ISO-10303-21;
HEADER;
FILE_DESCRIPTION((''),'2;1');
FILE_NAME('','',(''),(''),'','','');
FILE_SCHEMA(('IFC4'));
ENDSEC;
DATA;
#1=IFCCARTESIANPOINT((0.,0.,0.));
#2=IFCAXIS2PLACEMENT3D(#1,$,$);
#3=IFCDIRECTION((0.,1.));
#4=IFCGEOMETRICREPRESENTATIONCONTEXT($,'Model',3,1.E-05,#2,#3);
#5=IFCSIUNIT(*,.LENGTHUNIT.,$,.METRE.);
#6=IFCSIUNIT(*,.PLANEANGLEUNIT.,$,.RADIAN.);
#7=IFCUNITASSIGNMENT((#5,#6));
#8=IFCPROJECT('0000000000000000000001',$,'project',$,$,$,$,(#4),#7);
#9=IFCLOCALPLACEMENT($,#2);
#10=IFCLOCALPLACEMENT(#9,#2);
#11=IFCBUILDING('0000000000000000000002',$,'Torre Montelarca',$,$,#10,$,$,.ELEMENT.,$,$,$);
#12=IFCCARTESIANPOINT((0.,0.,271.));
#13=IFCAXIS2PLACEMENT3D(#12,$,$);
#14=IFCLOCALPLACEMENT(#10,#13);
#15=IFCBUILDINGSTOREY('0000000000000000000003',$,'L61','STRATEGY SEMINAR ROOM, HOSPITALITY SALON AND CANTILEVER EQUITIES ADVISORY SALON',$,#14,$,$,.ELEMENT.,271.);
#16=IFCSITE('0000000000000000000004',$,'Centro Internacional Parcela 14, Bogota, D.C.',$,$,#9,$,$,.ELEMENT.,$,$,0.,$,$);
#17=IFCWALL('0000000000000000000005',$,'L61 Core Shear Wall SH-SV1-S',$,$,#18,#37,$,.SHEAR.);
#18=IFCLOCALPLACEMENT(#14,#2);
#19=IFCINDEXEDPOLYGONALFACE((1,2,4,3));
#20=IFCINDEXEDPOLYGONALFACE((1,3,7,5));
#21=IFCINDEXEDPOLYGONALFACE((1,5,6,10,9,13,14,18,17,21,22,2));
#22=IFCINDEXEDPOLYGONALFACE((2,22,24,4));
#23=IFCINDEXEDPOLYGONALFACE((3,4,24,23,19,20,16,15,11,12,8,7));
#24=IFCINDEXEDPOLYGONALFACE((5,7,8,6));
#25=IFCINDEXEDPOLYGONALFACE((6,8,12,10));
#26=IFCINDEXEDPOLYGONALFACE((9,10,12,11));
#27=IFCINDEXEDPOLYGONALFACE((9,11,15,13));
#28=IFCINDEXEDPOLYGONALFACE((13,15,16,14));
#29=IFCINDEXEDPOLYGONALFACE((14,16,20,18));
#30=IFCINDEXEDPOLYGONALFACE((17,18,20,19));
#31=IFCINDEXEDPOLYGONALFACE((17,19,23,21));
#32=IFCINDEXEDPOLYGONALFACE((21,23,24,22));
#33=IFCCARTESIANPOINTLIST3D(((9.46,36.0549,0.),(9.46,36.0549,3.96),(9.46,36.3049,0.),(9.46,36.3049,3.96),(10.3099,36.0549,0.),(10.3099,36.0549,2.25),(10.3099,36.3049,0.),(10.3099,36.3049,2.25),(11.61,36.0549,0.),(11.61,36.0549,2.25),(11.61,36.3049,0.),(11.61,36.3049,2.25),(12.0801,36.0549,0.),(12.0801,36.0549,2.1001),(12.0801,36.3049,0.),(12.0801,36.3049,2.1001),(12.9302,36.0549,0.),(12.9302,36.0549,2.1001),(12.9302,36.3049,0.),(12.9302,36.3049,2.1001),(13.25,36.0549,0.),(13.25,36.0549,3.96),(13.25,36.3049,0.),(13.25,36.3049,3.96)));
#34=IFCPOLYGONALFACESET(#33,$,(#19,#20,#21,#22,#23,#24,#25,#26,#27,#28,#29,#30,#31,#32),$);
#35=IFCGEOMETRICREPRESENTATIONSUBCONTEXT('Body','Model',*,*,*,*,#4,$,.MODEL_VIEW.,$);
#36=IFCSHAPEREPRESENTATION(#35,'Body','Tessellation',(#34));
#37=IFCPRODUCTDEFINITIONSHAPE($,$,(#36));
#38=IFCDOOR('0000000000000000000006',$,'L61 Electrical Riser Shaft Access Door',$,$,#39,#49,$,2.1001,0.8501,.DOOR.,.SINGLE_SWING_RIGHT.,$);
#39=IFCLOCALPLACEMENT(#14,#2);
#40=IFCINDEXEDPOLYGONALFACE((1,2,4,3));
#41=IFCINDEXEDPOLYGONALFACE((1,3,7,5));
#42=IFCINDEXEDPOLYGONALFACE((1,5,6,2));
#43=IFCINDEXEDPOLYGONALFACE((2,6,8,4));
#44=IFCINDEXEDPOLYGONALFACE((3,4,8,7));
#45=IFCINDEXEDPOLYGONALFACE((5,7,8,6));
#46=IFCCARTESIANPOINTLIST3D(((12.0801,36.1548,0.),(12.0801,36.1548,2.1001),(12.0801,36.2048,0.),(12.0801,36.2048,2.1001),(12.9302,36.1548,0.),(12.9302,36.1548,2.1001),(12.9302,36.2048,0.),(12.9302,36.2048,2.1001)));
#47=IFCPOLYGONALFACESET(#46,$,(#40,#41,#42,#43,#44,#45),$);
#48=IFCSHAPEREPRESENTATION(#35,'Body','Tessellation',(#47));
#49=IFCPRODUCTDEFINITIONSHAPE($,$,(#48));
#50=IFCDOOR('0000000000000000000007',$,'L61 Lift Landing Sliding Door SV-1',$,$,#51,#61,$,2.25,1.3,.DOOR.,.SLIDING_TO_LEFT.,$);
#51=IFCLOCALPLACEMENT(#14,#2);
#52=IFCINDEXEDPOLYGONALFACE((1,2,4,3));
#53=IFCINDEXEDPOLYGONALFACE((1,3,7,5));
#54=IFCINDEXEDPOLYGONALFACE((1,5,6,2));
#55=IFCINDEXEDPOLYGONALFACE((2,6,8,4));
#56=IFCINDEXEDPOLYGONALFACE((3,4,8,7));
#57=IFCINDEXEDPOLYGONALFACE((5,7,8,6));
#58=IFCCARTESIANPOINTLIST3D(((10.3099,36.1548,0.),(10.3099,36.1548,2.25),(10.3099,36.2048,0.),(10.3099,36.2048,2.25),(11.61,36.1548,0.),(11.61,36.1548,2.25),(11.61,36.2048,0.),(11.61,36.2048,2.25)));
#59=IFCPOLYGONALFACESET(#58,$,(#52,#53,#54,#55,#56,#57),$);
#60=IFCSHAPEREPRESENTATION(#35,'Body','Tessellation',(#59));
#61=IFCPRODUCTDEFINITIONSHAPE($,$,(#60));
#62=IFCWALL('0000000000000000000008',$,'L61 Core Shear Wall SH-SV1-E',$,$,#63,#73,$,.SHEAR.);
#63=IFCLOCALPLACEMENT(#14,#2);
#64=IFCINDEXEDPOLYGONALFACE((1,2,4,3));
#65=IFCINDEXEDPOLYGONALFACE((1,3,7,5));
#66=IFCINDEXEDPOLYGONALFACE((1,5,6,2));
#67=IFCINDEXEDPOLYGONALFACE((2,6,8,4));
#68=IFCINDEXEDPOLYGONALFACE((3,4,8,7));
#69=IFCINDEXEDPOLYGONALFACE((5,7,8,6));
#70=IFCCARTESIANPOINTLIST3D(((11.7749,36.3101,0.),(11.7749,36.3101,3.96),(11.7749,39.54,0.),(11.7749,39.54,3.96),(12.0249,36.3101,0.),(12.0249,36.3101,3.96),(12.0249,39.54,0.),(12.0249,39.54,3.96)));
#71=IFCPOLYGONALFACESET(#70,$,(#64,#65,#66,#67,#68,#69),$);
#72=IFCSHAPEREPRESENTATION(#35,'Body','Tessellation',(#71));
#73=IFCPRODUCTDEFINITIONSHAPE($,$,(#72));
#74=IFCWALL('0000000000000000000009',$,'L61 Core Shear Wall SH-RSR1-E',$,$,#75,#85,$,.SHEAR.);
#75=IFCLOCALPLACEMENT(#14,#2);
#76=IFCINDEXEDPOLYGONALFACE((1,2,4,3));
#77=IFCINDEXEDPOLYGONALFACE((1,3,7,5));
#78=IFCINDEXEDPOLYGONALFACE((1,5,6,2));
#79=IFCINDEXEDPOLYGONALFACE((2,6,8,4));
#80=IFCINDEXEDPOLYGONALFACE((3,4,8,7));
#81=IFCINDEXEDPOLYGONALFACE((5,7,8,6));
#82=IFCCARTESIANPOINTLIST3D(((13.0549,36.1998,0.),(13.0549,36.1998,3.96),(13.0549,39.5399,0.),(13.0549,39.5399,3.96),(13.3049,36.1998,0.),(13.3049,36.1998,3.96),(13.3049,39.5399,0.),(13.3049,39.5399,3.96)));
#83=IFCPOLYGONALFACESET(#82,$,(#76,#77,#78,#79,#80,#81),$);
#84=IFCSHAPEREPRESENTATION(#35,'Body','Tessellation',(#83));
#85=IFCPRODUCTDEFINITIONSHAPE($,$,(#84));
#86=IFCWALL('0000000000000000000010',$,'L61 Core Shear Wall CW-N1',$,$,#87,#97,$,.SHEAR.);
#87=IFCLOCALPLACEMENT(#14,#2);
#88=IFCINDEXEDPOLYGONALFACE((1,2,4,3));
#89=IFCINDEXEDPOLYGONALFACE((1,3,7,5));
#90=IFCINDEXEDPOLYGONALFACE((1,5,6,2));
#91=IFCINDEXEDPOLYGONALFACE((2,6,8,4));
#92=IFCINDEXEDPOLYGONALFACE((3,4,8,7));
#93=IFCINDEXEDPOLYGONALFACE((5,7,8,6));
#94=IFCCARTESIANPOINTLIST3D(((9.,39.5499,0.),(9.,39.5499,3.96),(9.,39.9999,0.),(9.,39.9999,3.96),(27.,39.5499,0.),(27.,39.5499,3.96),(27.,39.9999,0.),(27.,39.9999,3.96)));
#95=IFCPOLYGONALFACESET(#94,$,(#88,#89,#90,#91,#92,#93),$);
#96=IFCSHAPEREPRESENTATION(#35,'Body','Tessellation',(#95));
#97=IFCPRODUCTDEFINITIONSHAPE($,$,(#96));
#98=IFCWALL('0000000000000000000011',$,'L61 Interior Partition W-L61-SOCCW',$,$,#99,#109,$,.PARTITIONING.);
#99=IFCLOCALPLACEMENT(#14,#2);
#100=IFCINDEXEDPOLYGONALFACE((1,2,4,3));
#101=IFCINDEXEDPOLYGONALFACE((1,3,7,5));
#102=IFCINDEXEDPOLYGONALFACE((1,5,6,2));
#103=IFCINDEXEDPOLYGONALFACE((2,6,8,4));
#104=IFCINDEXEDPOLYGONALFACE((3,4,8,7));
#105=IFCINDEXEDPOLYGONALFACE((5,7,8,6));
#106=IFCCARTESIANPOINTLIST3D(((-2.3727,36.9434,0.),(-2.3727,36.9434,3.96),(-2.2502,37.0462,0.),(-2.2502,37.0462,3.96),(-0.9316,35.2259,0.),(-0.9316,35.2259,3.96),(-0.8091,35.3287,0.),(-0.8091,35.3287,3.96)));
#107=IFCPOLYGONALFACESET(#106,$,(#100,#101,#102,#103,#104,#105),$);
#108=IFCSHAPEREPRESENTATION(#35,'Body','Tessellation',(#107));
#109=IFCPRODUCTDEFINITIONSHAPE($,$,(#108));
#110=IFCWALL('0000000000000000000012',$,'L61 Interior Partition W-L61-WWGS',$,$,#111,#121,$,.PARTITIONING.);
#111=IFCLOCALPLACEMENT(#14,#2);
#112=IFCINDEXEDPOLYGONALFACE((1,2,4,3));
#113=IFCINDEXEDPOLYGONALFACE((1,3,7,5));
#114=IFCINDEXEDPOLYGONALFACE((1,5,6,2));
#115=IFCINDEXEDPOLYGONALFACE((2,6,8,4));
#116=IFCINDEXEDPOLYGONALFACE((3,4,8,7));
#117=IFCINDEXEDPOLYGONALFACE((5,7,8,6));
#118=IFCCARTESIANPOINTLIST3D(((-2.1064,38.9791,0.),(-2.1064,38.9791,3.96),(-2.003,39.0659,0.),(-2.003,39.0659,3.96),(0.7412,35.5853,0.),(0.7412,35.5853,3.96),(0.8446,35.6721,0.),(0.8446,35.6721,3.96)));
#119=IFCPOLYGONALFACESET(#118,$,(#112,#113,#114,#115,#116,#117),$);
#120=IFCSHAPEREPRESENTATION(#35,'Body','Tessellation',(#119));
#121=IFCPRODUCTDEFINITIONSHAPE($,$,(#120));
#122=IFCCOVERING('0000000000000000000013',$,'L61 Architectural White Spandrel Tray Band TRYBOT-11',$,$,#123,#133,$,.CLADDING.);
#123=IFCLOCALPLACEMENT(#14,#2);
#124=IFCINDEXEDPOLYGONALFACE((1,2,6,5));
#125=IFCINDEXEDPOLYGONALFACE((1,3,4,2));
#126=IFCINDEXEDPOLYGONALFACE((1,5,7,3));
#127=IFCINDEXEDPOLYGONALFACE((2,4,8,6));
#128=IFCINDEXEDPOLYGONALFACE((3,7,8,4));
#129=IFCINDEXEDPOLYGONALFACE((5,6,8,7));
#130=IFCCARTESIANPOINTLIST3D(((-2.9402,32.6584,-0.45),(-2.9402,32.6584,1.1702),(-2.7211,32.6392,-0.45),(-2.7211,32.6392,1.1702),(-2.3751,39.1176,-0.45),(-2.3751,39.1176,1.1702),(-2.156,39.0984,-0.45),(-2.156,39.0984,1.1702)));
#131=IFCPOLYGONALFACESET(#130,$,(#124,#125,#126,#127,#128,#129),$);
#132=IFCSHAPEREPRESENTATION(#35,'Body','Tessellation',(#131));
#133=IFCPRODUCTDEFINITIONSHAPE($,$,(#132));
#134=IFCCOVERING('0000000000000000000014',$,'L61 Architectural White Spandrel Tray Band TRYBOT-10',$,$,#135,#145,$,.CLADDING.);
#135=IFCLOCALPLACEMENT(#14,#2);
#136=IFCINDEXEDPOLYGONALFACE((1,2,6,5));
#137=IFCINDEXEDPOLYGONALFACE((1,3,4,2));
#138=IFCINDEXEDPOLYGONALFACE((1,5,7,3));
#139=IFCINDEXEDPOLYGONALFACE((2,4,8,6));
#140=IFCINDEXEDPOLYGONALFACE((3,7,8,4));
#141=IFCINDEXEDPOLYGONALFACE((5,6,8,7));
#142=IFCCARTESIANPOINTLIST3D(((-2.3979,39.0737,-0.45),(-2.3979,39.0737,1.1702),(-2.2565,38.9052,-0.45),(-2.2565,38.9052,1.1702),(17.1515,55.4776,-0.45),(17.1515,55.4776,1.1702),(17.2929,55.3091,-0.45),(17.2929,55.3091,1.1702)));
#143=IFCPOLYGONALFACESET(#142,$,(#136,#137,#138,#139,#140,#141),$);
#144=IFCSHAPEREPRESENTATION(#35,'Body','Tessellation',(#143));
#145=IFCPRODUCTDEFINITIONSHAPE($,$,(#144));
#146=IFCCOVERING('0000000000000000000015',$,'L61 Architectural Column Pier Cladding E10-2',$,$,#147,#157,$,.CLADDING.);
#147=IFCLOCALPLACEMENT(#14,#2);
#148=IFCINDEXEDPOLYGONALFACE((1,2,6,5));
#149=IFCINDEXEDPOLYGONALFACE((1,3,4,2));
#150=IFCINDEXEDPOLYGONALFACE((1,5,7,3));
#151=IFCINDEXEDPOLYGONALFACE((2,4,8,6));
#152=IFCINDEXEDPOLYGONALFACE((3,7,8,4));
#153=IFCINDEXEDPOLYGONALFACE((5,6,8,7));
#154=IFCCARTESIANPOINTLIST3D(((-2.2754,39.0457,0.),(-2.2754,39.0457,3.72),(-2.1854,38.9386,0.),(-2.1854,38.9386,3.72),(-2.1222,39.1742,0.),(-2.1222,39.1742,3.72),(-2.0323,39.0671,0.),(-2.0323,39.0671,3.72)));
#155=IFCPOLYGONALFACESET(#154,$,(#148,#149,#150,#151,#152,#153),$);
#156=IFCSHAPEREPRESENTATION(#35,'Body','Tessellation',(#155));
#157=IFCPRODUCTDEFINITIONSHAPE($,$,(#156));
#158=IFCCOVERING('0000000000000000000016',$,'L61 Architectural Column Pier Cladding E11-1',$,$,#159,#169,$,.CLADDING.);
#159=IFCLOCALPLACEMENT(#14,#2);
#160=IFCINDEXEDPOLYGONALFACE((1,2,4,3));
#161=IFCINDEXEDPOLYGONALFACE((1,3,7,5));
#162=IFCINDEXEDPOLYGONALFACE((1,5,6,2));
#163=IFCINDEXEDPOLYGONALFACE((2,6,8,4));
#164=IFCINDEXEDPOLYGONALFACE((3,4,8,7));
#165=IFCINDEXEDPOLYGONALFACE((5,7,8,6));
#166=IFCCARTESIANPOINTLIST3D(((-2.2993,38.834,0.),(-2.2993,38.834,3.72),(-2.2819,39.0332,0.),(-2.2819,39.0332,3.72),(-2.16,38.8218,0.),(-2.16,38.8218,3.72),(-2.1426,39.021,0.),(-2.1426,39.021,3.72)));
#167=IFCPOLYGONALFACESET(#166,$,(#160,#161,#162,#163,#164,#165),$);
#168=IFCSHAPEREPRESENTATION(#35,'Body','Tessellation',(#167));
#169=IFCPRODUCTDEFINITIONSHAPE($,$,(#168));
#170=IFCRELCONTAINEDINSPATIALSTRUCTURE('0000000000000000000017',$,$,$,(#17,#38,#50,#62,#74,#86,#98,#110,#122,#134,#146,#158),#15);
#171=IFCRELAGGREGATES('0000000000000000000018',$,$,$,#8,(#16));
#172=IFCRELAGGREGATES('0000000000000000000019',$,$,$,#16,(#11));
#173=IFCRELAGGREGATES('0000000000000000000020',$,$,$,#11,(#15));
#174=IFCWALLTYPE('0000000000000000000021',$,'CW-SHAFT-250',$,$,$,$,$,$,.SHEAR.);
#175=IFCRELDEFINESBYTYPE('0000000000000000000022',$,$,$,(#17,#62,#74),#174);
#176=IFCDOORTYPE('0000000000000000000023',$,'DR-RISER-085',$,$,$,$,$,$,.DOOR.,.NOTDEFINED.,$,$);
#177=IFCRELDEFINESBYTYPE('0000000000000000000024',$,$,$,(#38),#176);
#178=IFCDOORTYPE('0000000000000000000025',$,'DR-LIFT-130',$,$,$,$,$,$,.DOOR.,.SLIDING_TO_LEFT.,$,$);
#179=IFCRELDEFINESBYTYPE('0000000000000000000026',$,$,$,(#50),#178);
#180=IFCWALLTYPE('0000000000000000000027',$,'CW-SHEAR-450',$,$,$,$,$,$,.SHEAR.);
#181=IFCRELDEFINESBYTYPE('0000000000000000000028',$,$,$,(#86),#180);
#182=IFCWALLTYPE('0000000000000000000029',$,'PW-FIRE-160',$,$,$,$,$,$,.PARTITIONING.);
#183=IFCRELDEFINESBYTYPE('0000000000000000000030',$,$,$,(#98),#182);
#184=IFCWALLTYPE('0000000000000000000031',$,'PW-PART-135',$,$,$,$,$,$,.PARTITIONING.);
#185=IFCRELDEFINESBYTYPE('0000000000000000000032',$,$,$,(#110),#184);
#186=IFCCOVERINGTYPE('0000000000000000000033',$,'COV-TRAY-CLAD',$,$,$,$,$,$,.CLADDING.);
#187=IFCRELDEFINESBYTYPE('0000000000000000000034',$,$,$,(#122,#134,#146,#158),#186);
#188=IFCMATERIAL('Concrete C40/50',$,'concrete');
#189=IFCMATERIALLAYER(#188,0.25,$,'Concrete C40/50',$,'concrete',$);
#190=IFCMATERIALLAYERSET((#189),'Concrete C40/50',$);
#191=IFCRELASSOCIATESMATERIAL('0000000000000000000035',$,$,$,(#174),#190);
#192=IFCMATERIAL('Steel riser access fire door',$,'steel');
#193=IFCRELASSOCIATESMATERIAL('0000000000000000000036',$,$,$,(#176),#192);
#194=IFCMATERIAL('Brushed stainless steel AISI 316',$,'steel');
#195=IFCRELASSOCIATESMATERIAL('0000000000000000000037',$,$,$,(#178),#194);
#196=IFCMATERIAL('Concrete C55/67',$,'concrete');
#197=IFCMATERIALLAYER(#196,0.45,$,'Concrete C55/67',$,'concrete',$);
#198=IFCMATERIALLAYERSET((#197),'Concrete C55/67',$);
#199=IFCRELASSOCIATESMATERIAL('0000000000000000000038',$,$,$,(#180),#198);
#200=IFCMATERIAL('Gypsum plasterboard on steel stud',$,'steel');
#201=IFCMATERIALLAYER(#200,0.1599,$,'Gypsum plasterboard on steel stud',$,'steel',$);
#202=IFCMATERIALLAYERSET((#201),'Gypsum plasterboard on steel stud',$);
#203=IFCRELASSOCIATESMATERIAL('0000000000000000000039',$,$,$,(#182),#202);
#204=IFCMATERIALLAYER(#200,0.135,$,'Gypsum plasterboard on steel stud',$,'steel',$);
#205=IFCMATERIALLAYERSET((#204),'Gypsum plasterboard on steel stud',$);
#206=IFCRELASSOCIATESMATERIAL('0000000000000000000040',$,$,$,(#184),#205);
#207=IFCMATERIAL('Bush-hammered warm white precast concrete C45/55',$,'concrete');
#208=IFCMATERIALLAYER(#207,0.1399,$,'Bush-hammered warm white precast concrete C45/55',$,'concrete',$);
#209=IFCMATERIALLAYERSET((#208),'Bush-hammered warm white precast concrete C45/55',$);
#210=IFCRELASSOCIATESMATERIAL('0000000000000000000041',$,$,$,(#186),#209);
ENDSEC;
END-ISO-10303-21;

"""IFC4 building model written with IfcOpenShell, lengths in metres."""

from ifc_helpers import new_model, si_unit, direction, frame, frame_2d, origin, origin_2d, place, context, subcontext, project, spatial, rectangle, extrude, source, transform, mapped, material, layer, layer_set, type_object, element, fill, save


model = new_model("IFC4")

# Units and contexts
model_context = context("Model", 3, precision=1e-05, world=origin(), true_north=direction((0.0, 1.0)))
body_context = subcontext(model_context, "Body", "Model", "MODEL_VIEW")
ifc_project = project(units=[si_unit("LENGTHUNIT", "METRE"), si_unit("PLANEANGLEUNIT", "RADIAN")], contexts=[model_context])

# Site, building, storey
site_placement = place(None, origin())
site = spatial("IfcSite", under=ifc_project, at=site_placement, Name="Centro Internacional Parcela 14, Bogota, D.C.", CompositionType="ELEMENT", RefElevation=0.0)
building_placement = place(site_placement, origin())
building = spatial("IfcBuilding", under=site, at=building_placement, Name="Torre Montelarca", CompositionType="ELEMENT")
storey_placement = place(building_placement, frame((0.0, 0.0, 271.0)))
storey = spatial("IfcBuildingStorey", under=building, at=storey_placement, Name="L61", Description="STRATEGY SEMINAR ROOM, HOSPITALITY SALON AND CANTILEVER EQUITIES ADVISORY SALON", CompositionType="ELEMENT", Elevation=271.0)

# Shared definitions
ifc_material_1 = material(Name="Concrete C55/67", Category="concrete")
ifc_material_2 = material(Name="Concrete C40/50", Category="concrete")

# Wall, openings, doors
ifc_layer_1 = layer(ifc_material_2, 0.25, Name="Concrete C40/50", Category="concrete")
ifc_layer_set_1 = layer_set([ifc_layer_1], Name="Concrete C40/50")
wall_type_1 = type_object("IfcWallType", Name="CW-SHAFT-250", PredefinedType="SHEAR", material=ifc_layer_set_1)
wall_1_placement = place(storey_placement, frame((9.46, 36.1799, 0.0), z_axis=(0.0, 0.0, 1.0), x_axis=(1.0, 0.0, 0.0)))
wall_1 = element("IfcWall", 1, at=wall_1_placement, inside=storey, type_object=wall_type_1, Name="L61 Core Shear Wall SH-SV1-S", PredefinedType="SHEAR", context=body_context, shape_type="SweptSolid", body=[
    extrude(rectangle(XDim=3.79, YDim=0.25, at=frame_2d((1.895, 0.0))), origin(), (0.0, 0.0, 1.0), 3.96),
])
opening_1_placement = place(wall_1_placement, frame((2.6201, 0.0, 0.0)))
opening_1 = element("IfcOpeningElement", 2, at=opening_1_placement, cuts=wall_1, PredefinedType="OPENING", context=body_context, shape_type="SweptSolid", body=[
    extrude(rectangle(XDim=0.8501, YDim=2.1001, at=frame_2d((0.425, 1.05))), frame((0.0, 0.135, 0.0), z_axis=(0.0, -1.0, 0.0), x_axis=(1.0, 0.0, 0.0)), (0.0, 0.0, 1.0), 0.27),
])
opening_2_placement = place(wall_1_placement, frame((0.8501, 0.0, 0.0)))
opening_2 = element("IfcOpeningElement", 3, at=opening_2_placement, cuts=wall_1, PredefinedType="OPENING", context=body_context, shape_type="SweptSolid", body=[
    extrude(rectangle(XDim=1.3, YDim=2.25, at=frame_2d((0.6499, 1.125))), frame((0.0, 0.135, 0.0), z_axis=(0.0, -1.0, 0.0), x_axis=(1.0, 0.0, 0.0)), (0.0, 0.0, 1.0), 0.27),
])
ifc_material_3 = material(Name="Steel riser access fire door", Category="steel")
door_type_1 = type_object("IfcDoorType", Name="DR-RISER-085", OperationType="NOTDEFINED", PredefinedType="DOOR", material=ifc_material_3)
shared_shape_1 = source(origin(), body_context, "Body", "SweptSolid", [
    extrude(rectangle(XDim=0.8501, YDim=2.1001, at=frame_2d((0.425, 1.05))), frame((0.0, 0.0249, 0.0), z_axis=(0.0, -1.0, 0.0), x_axis=(1.0, 0.0, 0.0)), (0.0, 0.0, 1.0), 0.05),
])
door_1_placement = place(opening_1_placement, origin())
door_1 = element("IfcDoor", 4, at=door_1_placement, inside=storey, type_object=door_type_1, Name="L61 Electrical Riser Shaft Access Door", OperationType="SINGLE_SWING_RIGHT", OverallHeight=2.1001, OverallWidth=0.8501, PredefinedType="DOOR", context=body_context, shape_type="MappedRepresentation", body=[
    mapped(shared_shape_1, transform((0.0, 0.0, 0.0), scale=1.0)),
])
fill(opening_1, door_1)
ifc_material_4 = material(Name="Brushed stainless steel AISI 316", Category="steel")
door_type_2 = type_object("IfcDoorType", Name="DR-LIFT-130", OperationType="SLIDING_TO_LEFT", PredefinedType="DOOR", material=ifc_material_4)
shared_shape_2 = source(origin(), body_context, "Body", "SweptSolid", [
    extrude(rectangle(XDim=1.3, YDim=2.25, at=frame_2d((0.6499, 1.125))), frame((0.0, 0.0249, 0.0), z_axis=(0.0, -1.0, 0.0), x_axis=(1.0, 0.0, 0.0)), (0.0, 0.0, 1.0), 0.05),
])
door_2_placement = place(opening_2_placement, origin())
door_2 = element("IfcDoor", 5, at=door_2_placement, inside=storey, type_object=door_type_2, Name="L61 Lift Landing Sliding Door SV-1", OperationType="SLIDING_TO_LEFT", OverallHeight=2.25, OverallWidth=1.3, PredefinedType="DOOR", context=body_context, shape_type="MappedRepresentation", body=[
    mapped(shared_shape_2, transform((0.0, 0.0, 0.0), scale=1.0)),
])
fill(opening_2, door_2)

# Walls
wall_2_placement = place(storey_placement, frame((11.8999, 36.3101, 0.0), z_axis=(0.0, 0.0, 1.0), x_axis=(0.0, 1.0, 0.0)))
element("IfcWall", 6, at=wall_2_placement, inside=storey, type_object=wall_type_1, Name="L61 Core Shear Wall SH-SV1-E", PredefinedType="SHEAR", context=body_context, shape_type="SweptSolid", body=[
    extrude(rectangle(XDim=3.23, YDim=0.25, at=frame_2d((1.615, 0.0))), origin(), (0.0, 0.0, 1.0), 3.96),
])
wall_3_placement = place(storey_placement, frame((13.1799, 36.2, 0.0), z_axis=(0.0, 0.0, 1.0), x_axis=(0.0, 1.0, 0.0)))
element("IfcWall", 7, at=wall_3_placement, inside=storey, type_object=wall_type_1, Name="L61 Core Shear Wall SH-RSR1-E", PredefinedType="SHEAR", context=body_context, shape_type="SweptSolid", body=[
    extrude(rectangle(XDim=3.3401, YDim=0.25, at=frame_2d((1.6699, 0.0))), origin(), (0.0, 0.0, 1.0), 3.96),
])
ifc_layer_2 = layer(ifc_material_1, 0.45, Name="Concrete C55/67", Category="concrete")
ifc_layer_set_2 = layer_set([ifc_layer_2], Name="Concrete C55/67")
wall_type_2 = type_object("IfcWallType", Name="CW-SHEAR-450", PredefinedType="SHEAR", material=ifc_layer_set_2)
wall_4_placement = place(storey_placement, frame((9.0, 39.7749, 0.0), z_axis=(0.0, 0.0, 1.0), x_axis=(1.0, 0.0, 0.0)))
element("IfcWall", 8, at=wall_4_placement, inside=storey, type_object=wall_type_2, Name="L61 Core Shear Wall CW-N1", PredefinedType="SHEAR", context=body_context, shape_type="SweptSolid", body=[
    extrude(rectangle(XDim=18.0, YDim=0.45, at=frame_2d((9.0, 0.0))), origin(), (0.0, 0.0, 1.0), 3.96),
])
ifc_material_5 = material(Name="Gypsum plasterboard on steel stud", Category="steel")
ifc_layer_3 = layer(ifc_material_5, 0.1599, Name="Gypsum plasterboard on steel stud", Category="steel")
ifc_layer_set_3 = layer_set([ifc_layer_3], Name="Gypsum plasterboard on steel stud")
wall_type_3 = type_object("IfcWallType", Name="PW-FIRE-160", PredefinedType="PARTITIONING", material=ifc_layer_set_3)
wall_5_placement = place(storey_placement, frame((-2.3115, 36.9949, 0.0), z_axis=(0.0, 0.0, 1.0), x_axis=(0.642783, -0.766048, 0.0)))
element("IfcWall", 9, at=wall_5_placement, inside=storey, type_object=wall_type_3, Name="L61 Interior Partition W-L61-SOCCW", PredefinedType="PARTITIONING", context=body_context, shape_type="SweptSolid", body=[
    extrude(rectangle(XDim=2.2419, YDim=0.1599, at=frame_2d((1.1211, 0.0))), origin(), (0.0, 0.0, 1.0), 3.96),
])
ifc_layer_4 = layer(ifc_material_5, 0.135, Name="Gypsum plasterboard on steel stud", Category="steel")
ifc_layer_set_4 = layer_set([ifc_layer_4], Name="Gypsum plasterboard on steel stud")
wall_type_4 = type_object("IfcWallType", Name="PW-PART-135", PredefinedType="PARTITIONING", material=ifc_layer_set_4)
wall_6_placement = place(storey_placement, frame((-2.0547, 39.0225, 0.0), z_axis=(0.0, 0.0, 1.0), x_axis=(0.642777, -0.766053, 0.0)))
element("IfcWall", 10, at=wall_6_placement, inside=storey, type_object=wall_type_4, Name="L61 Interior Partition W-L61-WWGS", PredefinedType="PARTITIONING", context=body_context, shape_type="SweptSolid", body=[
    extrude(rectangle(XDim=4.4302, YDim=0.135, at=frame_2d((2.2151, 0.0))), origin(), (0.0, 0.0, 1.0), 3.96),
])

# Coverings
ifc_material_6 = material(Name="Bush-hammered warm white precast concrete C45/55", Category="concrete")
ifc_layer_5 = layer(ifc_material_6, 0.1399, Name="Bush-hammered warm white precast concrete C45/55", Category="concrete")
ifc_layer_set_5 = layer_set([ifc_layer_5], Name="Bush-hammered warm white precast concrete C45/55")
covering_type = type_object("IfcCoveringType", Name="COV-TRAY-CLAD", PredefinedType="CLADDING", material=ifc_layer_set_5)
shared_shape_3 = source(origin(), body_context, "Body", "SweptSolid", [
    extrude(rectangle(XDim=6.4839, YDim=0.22, at=origin_2d()), origin(), (0.0, 0.0, 1.0), 1.6201),
])
covering_1_placement = place(storey_placement, frame((-2.5481, 35.8784, -0.45), z_axis=(0.0, 0.0, 1.0), x_axis=(-0.087163, -0.996194, 0.0)))
element("IfcCovering", 11, at=covering_1_placement, inside=storey, type_object=covering_type, Name="L61 Architectural White Spandrel Tray Band TRYBOT-11", PredefinedType="CLADDING", context=body_context, shape_type="MappedRepresentation", body=[
    mapped(shared_shape_3, transform((0.0, 0.0, 0.0), scale=1.0)),
])
shared_shape_4 = source(origin(), body_context, "Body", "SweptSolid", [
    extrude(rectangle(XDim=25.52, YDim=0.22, at=origin_2d()), origin(), (0.0, 0.0, 1.0), 1.6201),
])
covering_2_placement = place(storey_placement, frame((7.4475, 47.1914, -0.45), z_axis=(0.0, 0.0, 1.0), x_axis=(-0.766044, -0.642788, 0.0)))
element("IfcCovering", 12, at=covering_2_placement, inside=storey, type_object=covering_type, Name="L61 Architectural White Spandrel Tray Band TRYBOT-10", PredefinedType="CLADDING", context=body_context, shape_type="MappedRepresentation", body=[
    mapped(shared_shape_4, transform((0.0, 0.0, 0.0), scale=1.0)),
])
shared_shape_5 = source(origin(), body_context, "Body", "SweptSolid", [
    extrude(rectangle(XDim=0.2, YDim=0.1399, at=origin_2d()), origin(), (0.0, 0.0, 1.0), 3.72),
])
for number, where, z_axis, x_axis, name in (
    (13, (-2.1538, 39.0564, 0.0), (0.0, 0.0, 1.0), (-0.766043, -0.642789, 0.0), "L61 Architectural Column Pier Cladding E10-2"),
    (14, (-2.2209, 38.9275, 0.0), (0.0, 0.0, 1.0), (-0.087177, -0.996193, 0.0), "L61 Architectural Column Pier Cladding E11-1"),
):
    element("IfcCovering", number, at=place(storey_placement, frame(where, z_axis=z_axis, x_axis=x_axis)), inside=storey, type_object=covering_type, Name=name, PredefinedType="CLADDING", context=body_context, shape_type="MappedRepresentation", body=[
        mapped(shared_shape_5, transform((0.0, 0.0, 0.0), scale=1.0)),
    ])

save(model, "model.ifc")
